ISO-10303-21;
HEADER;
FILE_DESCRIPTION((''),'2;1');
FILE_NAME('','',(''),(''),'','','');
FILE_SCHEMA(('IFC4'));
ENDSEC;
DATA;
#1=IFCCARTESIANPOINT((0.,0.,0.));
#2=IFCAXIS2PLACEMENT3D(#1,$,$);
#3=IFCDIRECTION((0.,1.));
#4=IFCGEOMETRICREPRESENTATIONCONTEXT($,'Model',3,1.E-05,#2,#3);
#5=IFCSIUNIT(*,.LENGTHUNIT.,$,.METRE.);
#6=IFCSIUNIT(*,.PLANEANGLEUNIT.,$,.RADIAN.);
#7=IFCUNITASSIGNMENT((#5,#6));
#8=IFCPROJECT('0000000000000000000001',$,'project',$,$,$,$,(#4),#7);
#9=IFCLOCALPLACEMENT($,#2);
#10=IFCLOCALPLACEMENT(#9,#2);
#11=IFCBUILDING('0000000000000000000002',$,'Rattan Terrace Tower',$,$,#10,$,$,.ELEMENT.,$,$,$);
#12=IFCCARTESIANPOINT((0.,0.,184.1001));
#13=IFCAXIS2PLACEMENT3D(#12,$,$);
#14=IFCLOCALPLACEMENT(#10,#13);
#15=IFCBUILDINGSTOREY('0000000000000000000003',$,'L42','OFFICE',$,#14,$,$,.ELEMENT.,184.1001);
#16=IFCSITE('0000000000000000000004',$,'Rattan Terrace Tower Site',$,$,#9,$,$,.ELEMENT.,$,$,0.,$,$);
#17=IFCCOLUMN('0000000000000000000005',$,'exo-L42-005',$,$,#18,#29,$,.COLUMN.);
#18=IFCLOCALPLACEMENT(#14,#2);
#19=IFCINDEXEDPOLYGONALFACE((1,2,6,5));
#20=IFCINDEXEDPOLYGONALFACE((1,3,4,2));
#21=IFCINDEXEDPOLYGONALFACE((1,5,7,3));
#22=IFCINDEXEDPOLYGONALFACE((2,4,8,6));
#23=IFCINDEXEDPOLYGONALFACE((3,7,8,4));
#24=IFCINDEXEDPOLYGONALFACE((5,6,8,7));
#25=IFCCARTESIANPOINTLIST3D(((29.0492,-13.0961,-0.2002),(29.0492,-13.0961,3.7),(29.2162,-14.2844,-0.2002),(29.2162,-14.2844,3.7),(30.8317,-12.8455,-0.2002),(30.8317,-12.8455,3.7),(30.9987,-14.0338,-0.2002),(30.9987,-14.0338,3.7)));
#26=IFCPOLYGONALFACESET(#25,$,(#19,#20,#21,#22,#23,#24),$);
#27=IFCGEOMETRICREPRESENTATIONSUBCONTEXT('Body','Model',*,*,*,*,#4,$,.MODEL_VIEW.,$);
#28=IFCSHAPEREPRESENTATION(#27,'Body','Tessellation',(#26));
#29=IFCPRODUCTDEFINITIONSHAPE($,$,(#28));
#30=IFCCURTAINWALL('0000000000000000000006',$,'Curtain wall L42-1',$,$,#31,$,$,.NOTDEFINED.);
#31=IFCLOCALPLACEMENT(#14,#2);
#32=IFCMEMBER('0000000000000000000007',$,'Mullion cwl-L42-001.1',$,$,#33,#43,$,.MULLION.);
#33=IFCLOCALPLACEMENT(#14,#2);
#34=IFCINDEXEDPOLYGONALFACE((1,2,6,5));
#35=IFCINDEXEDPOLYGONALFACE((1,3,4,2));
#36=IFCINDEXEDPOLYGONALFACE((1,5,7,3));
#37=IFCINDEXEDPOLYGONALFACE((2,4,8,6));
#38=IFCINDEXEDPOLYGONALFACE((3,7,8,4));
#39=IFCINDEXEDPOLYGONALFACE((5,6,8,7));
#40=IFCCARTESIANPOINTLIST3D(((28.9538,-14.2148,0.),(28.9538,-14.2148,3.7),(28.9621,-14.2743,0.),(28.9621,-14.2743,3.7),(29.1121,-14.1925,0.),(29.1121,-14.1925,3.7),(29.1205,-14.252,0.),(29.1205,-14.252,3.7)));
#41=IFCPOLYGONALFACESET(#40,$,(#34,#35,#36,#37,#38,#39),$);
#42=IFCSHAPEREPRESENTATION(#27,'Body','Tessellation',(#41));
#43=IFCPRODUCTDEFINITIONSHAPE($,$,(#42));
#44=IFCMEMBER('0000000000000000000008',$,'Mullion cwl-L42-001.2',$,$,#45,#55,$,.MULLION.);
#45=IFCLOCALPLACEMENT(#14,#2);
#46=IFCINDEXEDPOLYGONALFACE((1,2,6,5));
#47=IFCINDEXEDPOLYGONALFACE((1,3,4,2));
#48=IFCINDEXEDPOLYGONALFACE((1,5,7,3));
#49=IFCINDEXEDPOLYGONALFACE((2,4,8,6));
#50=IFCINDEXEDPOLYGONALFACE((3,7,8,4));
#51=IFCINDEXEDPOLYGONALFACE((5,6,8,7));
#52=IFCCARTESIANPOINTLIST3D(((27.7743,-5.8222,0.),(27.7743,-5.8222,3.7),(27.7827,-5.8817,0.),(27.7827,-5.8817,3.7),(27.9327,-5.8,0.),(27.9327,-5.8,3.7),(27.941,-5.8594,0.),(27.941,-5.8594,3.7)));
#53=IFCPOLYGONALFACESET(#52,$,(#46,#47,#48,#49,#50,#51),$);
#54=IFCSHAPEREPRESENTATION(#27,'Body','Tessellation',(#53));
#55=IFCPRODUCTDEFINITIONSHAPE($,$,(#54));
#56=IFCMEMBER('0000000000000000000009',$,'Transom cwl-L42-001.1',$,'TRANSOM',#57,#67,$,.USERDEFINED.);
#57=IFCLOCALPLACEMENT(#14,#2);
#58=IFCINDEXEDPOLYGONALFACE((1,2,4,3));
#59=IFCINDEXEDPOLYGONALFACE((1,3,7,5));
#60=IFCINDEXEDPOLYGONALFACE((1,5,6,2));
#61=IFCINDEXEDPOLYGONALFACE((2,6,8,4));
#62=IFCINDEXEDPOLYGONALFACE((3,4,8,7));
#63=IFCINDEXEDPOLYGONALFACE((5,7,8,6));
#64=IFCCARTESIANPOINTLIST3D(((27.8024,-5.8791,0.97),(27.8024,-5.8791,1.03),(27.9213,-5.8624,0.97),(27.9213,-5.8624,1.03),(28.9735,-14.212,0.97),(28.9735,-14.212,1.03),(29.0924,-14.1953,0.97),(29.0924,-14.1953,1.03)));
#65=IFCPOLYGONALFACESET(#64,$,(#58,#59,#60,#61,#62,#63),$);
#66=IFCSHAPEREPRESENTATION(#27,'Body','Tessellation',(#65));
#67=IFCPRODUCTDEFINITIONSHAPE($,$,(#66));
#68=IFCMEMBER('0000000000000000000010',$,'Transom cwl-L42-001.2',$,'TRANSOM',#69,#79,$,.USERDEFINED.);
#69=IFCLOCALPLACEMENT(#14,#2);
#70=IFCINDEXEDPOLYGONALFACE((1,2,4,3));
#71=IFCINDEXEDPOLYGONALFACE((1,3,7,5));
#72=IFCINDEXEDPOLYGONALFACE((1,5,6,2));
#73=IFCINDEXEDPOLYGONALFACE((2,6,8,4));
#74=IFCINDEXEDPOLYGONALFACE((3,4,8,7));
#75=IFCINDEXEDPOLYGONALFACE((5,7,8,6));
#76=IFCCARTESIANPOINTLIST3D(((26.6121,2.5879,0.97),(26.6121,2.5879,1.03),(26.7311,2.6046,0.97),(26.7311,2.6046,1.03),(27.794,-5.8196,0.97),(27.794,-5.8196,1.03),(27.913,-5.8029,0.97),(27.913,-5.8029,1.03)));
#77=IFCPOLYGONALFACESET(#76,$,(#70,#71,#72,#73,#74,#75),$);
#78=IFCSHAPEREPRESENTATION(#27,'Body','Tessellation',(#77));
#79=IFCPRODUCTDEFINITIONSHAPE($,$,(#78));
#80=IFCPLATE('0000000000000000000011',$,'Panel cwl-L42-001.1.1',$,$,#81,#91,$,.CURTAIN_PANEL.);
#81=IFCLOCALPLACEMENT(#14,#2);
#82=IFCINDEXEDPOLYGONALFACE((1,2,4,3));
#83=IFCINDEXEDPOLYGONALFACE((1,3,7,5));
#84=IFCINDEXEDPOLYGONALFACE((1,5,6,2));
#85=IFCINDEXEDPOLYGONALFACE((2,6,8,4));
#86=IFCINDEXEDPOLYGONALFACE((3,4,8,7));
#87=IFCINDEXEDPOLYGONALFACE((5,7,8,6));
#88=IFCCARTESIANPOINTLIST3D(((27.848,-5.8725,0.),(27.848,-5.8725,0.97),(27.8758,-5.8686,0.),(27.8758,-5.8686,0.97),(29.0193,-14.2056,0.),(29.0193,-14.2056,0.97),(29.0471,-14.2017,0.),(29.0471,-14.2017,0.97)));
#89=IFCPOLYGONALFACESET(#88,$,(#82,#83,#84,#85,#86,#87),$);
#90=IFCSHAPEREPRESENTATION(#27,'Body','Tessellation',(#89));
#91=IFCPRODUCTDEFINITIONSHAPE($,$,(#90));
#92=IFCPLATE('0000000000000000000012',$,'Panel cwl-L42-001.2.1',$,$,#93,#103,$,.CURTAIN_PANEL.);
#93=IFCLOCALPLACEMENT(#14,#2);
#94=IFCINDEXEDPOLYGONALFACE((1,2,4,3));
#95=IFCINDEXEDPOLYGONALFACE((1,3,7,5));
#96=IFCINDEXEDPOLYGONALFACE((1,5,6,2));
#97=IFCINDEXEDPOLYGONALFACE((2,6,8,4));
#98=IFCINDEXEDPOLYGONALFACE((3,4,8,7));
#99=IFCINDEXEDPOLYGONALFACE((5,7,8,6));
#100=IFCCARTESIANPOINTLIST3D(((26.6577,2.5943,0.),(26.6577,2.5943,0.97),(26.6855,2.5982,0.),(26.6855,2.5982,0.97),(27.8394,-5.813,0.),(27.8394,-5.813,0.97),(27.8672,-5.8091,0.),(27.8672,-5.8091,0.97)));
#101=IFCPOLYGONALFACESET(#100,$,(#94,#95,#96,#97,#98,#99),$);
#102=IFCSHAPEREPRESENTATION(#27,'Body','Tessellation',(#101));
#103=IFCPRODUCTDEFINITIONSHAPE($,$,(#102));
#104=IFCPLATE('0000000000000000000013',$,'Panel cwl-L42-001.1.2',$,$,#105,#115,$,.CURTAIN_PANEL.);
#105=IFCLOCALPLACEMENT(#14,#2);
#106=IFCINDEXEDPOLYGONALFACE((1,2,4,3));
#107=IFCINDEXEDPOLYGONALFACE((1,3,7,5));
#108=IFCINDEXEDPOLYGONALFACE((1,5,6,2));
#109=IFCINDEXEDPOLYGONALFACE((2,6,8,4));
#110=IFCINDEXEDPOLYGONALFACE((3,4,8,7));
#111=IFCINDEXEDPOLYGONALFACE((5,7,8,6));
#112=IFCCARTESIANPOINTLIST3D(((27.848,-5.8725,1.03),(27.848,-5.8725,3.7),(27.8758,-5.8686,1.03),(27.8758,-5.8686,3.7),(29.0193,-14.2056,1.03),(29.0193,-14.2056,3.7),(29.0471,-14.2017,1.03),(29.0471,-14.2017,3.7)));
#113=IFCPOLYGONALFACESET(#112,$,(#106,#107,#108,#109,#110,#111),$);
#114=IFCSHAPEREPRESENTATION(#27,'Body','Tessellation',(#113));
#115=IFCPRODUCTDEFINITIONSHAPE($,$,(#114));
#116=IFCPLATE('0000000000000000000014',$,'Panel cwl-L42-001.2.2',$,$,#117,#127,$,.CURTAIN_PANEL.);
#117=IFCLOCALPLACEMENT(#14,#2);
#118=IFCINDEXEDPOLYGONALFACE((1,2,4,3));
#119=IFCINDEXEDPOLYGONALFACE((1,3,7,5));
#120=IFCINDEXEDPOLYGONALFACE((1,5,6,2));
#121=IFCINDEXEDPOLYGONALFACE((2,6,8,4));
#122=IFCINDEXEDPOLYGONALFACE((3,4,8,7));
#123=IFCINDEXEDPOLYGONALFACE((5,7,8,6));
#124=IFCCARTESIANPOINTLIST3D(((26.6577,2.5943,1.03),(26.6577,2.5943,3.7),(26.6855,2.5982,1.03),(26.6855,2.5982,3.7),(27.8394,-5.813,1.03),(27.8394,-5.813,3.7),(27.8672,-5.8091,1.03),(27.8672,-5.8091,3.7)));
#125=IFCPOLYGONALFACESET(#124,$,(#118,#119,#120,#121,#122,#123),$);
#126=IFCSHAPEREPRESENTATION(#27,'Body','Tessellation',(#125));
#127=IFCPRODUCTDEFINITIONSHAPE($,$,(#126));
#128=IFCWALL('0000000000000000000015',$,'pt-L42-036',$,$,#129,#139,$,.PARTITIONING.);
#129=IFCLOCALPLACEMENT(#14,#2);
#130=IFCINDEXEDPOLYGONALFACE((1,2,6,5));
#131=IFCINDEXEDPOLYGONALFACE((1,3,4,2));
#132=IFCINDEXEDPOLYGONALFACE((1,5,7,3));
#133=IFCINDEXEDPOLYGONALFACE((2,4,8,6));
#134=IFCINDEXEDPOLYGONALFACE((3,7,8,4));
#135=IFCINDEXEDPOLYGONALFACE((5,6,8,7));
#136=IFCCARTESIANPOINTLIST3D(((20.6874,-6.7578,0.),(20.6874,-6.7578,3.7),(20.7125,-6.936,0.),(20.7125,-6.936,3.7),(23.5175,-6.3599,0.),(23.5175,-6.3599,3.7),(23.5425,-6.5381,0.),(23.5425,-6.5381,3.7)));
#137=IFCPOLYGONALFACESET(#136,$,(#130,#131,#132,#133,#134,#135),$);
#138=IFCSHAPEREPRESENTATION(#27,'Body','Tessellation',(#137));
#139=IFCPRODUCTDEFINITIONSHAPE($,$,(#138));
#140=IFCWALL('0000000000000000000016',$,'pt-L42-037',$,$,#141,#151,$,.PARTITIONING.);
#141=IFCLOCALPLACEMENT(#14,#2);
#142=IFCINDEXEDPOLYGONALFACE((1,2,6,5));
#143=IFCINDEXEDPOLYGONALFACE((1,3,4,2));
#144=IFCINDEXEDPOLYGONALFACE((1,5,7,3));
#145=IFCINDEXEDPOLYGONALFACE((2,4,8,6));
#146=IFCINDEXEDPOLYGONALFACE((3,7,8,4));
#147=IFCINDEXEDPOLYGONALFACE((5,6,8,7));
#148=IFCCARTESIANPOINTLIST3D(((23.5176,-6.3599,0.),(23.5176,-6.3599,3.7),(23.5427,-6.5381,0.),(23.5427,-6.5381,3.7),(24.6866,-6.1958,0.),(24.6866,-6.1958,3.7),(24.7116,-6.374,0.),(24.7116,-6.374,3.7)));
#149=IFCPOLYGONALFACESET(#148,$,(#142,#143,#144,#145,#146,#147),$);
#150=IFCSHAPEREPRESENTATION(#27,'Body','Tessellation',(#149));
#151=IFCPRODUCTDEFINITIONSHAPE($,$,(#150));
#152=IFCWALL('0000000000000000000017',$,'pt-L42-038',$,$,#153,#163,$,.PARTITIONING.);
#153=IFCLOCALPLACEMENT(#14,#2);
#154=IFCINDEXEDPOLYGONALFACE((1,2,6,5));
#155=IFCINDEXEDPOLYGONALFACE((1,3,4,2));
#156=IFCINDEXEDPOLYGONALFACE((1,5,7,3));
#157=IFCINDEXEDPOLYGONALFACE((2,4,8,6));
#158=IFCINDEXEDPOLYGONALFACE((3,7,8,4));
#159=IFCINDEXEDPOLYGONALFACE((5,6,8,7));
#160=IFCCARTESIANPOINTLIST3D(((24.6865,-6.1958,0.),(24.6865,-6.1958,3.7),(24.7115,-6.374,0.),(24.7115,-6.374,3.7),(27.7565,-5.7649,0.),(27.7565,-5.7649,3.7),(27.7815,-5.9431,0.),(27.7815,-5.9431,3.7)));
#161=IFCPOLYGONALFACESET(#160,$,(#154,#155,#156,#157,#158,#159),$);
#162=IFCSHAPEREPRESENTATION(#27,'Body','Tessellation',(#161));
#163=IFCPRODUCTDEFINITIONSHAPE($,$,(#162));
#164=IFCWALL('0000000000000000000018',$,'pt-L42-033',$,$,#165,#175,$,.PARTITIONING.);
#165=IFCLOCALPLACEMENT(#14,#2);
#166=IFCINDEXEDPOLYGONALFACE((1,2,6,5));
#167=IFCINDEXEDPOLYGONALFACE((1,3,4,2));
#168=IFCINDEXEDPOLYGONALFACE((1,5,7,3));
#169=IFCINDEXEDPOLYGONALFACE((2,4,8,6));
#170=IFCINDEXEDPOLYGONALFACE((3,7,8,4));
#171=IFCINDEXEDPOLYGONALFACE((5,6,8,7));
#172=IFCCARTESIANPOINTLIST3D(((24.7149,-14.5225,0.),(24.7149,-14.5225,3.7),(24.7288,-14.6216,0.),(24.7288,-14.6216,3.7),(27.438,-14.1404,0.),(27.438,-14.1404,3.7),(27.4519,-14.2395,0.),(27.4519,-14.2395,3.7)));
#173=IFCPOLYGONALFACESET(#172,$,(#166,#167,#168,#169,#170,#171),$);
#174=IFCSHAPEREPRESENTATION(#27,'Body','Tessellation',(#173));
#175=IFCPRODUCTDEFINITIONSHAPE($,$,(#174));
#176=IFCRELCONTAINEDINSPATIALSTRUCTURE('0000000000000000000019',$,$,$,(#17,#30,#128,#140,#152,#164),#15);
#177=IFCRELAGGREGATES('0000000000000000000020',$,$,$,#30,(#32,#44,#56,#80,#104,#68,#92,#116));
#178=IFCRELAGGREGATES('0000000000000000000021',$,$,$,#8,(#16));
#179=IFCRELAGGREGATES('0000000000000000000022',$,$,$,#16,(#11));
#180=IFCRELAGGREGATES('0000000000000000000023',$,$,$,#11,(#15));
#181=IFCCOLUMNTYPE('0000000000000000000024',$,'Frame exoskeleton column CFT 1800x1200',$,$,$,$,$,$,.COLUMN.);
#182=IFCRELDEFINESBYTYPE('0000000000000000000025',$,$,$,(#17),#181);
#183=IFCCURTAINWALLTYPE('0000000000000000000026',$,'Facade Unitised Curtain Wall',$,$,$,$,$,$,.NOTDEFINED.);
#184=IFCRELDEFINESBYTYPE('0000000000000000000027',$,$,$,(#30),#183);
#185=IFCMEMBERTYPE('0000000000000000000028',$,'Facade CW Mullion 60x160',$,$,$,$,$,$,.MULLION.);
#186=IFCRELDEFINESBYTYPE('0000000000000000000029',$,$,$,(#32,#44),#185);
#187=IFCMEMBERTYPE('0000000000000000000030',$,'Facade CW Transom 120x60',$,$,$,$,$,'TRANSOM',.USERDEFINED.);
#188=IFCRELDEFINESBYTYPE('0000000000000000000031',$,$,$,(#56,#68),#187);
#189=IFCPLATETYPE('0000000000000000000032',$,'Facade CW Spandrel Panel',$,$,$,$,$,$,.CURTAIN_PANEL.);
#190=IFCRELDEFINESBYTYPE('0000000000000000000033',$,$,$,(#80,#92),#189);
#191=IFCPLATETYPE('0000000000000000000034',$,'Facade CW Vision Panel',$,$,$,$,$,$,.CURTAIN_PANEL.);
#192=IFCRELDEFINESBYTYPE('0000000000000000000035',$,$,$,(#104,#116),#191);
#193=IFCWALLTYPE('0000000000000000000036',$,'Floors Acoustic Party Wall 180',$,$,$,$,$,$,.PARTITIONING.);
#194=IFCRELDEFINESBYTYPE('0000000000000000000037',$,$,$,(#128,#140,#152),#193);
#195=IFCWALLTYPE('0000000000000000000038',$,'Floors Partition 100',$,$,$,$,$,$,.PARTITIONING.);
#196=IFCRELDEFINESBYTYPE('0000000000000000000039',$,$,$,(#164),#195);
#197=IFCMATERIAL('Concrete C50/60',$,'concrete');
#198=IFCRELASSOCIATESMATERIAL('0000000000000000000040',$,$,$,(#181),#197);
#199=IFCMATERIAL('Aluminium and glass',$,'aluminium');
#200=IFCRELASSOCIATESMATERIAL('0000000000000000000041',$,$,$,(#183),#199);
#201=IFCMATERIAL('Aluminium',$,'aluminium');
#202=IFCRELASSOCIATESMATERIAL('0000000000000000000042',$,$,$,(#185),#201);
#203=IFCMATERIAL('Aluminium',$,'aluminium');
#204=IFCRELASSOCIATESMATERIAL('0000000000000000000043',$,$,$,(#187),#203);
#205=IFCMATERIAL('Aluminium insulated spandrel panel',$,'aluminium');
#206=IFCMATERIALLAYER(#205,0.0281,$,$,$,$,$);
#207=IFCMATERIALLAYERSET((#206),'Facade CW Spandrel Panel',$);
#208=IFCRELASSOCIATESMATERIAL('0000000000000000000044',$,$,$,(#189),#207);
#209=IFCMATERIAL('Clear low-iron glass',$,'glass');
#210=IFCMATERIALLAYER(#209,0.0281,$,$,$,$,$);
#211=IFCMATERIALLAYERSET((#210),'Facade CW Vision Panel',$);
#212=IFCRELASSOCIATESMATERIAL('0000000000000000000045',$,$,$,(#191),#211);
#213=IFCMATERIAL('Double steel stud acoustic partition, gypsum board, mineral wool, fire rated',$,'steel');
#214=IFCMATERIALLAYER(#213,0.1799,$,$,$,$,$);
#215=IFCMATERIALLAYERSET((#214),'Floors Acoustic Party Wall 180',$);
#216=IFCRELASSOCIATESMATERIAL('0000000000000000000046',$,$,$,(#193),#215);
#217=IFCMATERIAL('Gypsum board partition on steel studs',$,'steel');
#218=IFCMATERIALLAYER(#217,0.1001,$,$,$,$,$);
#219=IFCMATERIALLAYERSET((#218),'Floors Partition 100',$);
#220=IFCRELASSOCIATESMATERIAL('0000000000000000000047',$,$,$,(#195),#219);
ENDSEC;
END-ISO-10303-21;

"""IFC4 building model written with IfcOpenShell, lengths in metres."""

from ifc_helpers import new_model, si_unit, direction, frame, frame_2d, origin, origin_2d, place, context, subcontext, project, spatial, rectangle, extrude, material, layer, layer_set, material_profile, profile_set, type_object, element, aggregate, save


model = new_model("IFC4")

# Units and contexts
model_context = context("Model", 3, precision=1e-05, world=origin(), true_north=direction((0.0, 1.0)))
body_context = subcontext(model_context, "Body", "Model", "MODEL_VIEW")
ifc_project = project(units=[si_unit("LENGTHUNIT", "METRE"), si_unit("PLANEANGLEUNIT", "RADIAN")], contexts=[model_context])

# Site, building, storey
site_placement = place(None, origin())
site = spatial("IfcSite", under=ifc_project, at=site_placement, Name="Rattan Terrace Tower Site", CompositionType="ELEMENT", RefElevation=0.0)
building_placement = place(site_placement, origin())
building = spatial("IfcBuilding", under=site, at=building_placement, Name="Rattan Terrace Tower", CompositionType="ELEMENT")
storey_placement = place(building_placement, frame((0.0, 0.0, 184.1001)))
storey = spatial("IfcBuildingStorey", under=building, at=storey_placement, Name="L42", Description="OFFICE", CompositionType="ELEMENT", Elevation=184.1001)

# Column
ifc_material_1 = material(Name="Concrete C50/60", Category="concrete")
ifc_material_profile_1 = material_profile(ifc_material_1, rectangle(XDim=1.2, YDim=1.8, at=origin_2d()), Name="CFT 1800x1200")
ifc_profile_set_1 = profile_set([ifc_material_profile_1], Name="Concrete C50/60")
column_type = type_object("IfcColumnType", Name="Frame exoskeleton column CFT 1800x1200", PredefinedType="COLUMN", material=ifc_profile_set_1)
column_placement = place(storey_placement, frame((30.0239, -13.5649, -0.2002), z_axis=(0.0, 0.0, 1.0), x_axis=(-0.13919, 0.990266, 0.0)))
element("IfcColumn", 1, at=column_placement, inside=storey, type_object=column_type, Name="exo-L42-005", PredefinedType="COLUMN", context=body_context, shape_type="SweptSolid", body=[
    extrude(rectangle(XDim=1.2, YDim=1.8, at=origin_2d()), origin(), (0.0, 0.0, 1.0), 3.9001),
])

# Curtain wall, members, plates
ifc_material_2 = material(Name="Aluminium and glass", Category="aluminium")
curtain_wall_type = type_object("IfcCurtainWallType", Name="Facade Unitised Curtain Wall", PredefinedType="NOTDEFINED", material=ifc_material_2)
curtain_wall_placement = place(storey_placement, origin())
curtain_wall = element("IfcCurtainWall", 2, at=curtain_wall_placement, inside=storey, type_object=curtain_wall_type, Name="Curtain wall L42-1", PredefinedType="NOTDEFINED")
ifc_material_3 = material(Name="Aluminium", Category="aluminium")
ifc_material_profile_2 = material_profile(ifc_material_3, rectangle(XDim=0.0601, YDim=0.1599, at=origin_2d()), Name="Aluminium 60x160")
ifc_profile_set_2 = profile_set([ifc_material_profile_2], Name="Aluminium")
member_type_1 = type_object("IfcMemberType", Name="Facade CW Mullion 60x160", PredefinedType="MULLION", material=ifc_profile_set_2)
member_1_placement = place(storey_placement, frame((29.0371, -14.2334, 0.0), z_axis=(0.0, 0.0, 1.0), x_axis=(-0.139191, 0.990266, 0.0)))
member_1 = element("IfcMember", 3, at=member_1_placement, type_object=member_type_1, Name="Mullion cwl-L42-001.1", PredefinedType="MULLION", context=body_context, shape_type="SweptSolid", body=[
    extrude(rectangle(XDim=0.0601, YDim=0.1599, at=origin_2d()), origin(), (0.0, 0.0, 1.0), 3.7),
])
member_2_placement = place(storey_placement, frame((27.8577, -5.8408, 0.0), z_axis=(0.0, 0.0, 1.0), x_axis=(-0.139191, 0.990266, 0.0)))
member_2 = element("IfcMember", 4, at=member_2_placement, type_object=member_type_1, Name="Mullion cwl-L42-001.2", PredefinedType="MULLION", context=body_context, shape_type="SweptSolid", body=[
    extrude(rectangle(XDim=0.0601, YDim=0.1599, at=origin_2d()), origin(), (0.0, 0.0, 1.0), 3.7),
])
ifc_material_4 = material(Name="Aluminium", Category="aluminium")
ifc_material_profile_3 = material_profile(ifc_material_4, rectangle(XDim=0.1201, YDim=0.0601, at=origin_2d()), Name="Aluminium 120x60")
ifc_profile_set_3 = profile_set([ifc_material_profile_3], Name="Aluminium")
member_type_2 = type_object("IfcMemberType", Name="Facade CW Transom 120x60", ElementType="TRANSOM", PredefinedType="USERDEFINED", material=ifc_profile_set_3)
member_3_placement = place(storey_placement, frame((29.033, -14.2036, 1.0), z_axis=(-0.139175, 0.990268, 0.0), x_axis=(-0.990268, -0.139175, 0.0)))
member_3 = element("IfcMember", 5, at=member_3_placement, type_object=member_type_2, Name="Transom cwl-L42-001.1", ObjectType="TRANSOM", PredefinedType="USERDEFINED", context=body_context, shape_type="SweptSolid", body=[
    extrude(rectangle(XDim=0.1201, YDim=0.0601, at=origin_2d()), origin(), (0.0, 0.0, 1.0), 8.4148),
])
member_4_placement = place(storey_placement, frame((27.8535, -5.8113, 1.0), z_axis=(-0.139207, 0.990263, 0.0), x_axis=(-0.990263, -0.139207, 0.0)))
member_4 = element("IfcMember", 6, at=member_4_placement, type_object=member_type_2, Name="Transom cwl-L42-001.2", ObjectType="TRANSOM", PredefinedType="USERDEFINED", context=body_context, shape_type="SweptSolid", body=[
    extrude(rectangle(XDim=0.1201, YDim=0.0601, at=origin_2d()), origin(), (0.0, 0.0, 1.0), 8.4902),
])
ifc_material_5 = material(Name="Aluminium insulated spandrel panel", Category="aluminium")
ifc_layer_1 = layer(ifc_material_5, 0.0281)
ifc_layer_set_1 = layer_set([ifc_layer_1], Name="Facade CW Spandrel Panel")
plate_type_1 = type_object("IfcPlateType", Name="Facade CW Spandrel Panel", PredefinedType="CURTAIN_PANEL", material=ifc_layer_set_1)
plate_1_placement = place(storey_placement, frame((28.4475, -10.0371, 0.0), z_axis=(0.0, 0.0, 1.0), x_axis=(-0.139191, 0.990266, 0.0)))
plate_1 = element("IfcPlate", 7, at=plate_1_placement, type_object=plate_type_1, Name="Panel cwl-L42-001.1.1", PredefinedType="CURTAIN_PANEL", context=body_context, shape_type="SweptSolid", body=[
    extrude(rectangle(XDim=8.415, YDim=0.0281, at=origin_2d()), origin(), (0.0, 0.0, 1.0), 0.97),
])
plate_2_placement = place(storey_placement, frame((27.2625, -1.6074, 0.0), z_axis=(0.0, 0.0, 1.0), x_axis=(-0.139191, 0.990266, 0.0)))
plate_2 = element("IfcPlate", 8, at=plate_2_placement, type_object=plate_type_1, Name="Panel cwl-L42-001.2.1", PredefinedType="CURTAIN_PANEL", context=body_context, shape_type="SweptSolid", body=[
    extrude(rectangle(XDim=8.49, YDim=0.0281, at=origin_2d()), origin(), (0.0, 0.0, 1.0), 0.97),
])
ifc_material_6 = material(Name="Clear low-iron glass", Category="glass")
ifc_layer_2 = layer(ifc_material_6, 0.0281)
ifc_layer_set_2 = layer_set([ifc_layer_2], Name="Facade CW Vision Panel")
plate_type_2 = type_object("IfcPlateType", Name="Facade CW Vision Panel", PredefinedType="CURTAIN_PANEL", material=ifc_layer_set_2)
plate_3_placement = place(storey_placement, frame((28.4475, -10.0371, 1.03), z_axis=(0.0, 0.0, 1.0), x_axis=(-0.139191, 0.990266, 0.0)))
plate_3 = element("IfcPlate", 9, at=plate_3_placement, type_object=plate_type_2, Name="Panel cwl-L42-001.1.2", PredefinedType="CURTAIN_PANEL", context=body_context, shape_type="SweptSolid", body=[
    extrude(rectangle(XDim=8.415, YDim=0.0281, at=origin_2d()), origin(), (0.0, 0.0, 1.0), 2.6699),
])
plate_4_placement = place(storey_placement, frame((27.2625, -1.6074, 1.03), z_axis=(0.0, 0.0, 1.0), x_axis=(-0.139191, 0.990266, 0.0)))
plate_4 = element("IfcPlate", 10, at=plate_4_placement, type_object=plate_type_2, Name="Panel cwl-L42-001.2.2", PredefinedType="CURTAIN_PANEL", context=body_context, shape_type="SweptSolid", body=[
    extrude(rectangle(XDim=8.49, YDim=0.0281, at=origin_2d()), origin(), (0.0, 0.0, 1.0), 2.6699),
])
aggregate(curtain_wall, [member_1, member_2, member_3, plate_1, plate_3, member_4, plate_2, plate_4])

# Walls
ifc_material_7 = material(Name="Double steel stud acoustic partition, gypsum board, mineral wool, fire rated", Category="steel")
ifc_layer_3 = layer(ifc_material_7, 0.1799)
ifc_layer_set_3 = layer_set([ifc_layer_3], Name="Floors Acoustic Party Wall 180")
wall_type_1 = type_object("IfcWallType", Name="Floors Acoustic Party Wall 180", PredefinedType="PARTITIONING", material=ifc_layer_set_3)
wall_1_placement = place(storey_placement, frame((20.7, -6.8469, 0.0), z_axis=(0.0, 0.0, 1.0), x_axis=(0.990258, 0.139244, 0.0)))
element("IfcWall", 11, at=wall_1_placement, inside=storey, type_object=wall_type_1, Name="pt-L42-036", PredefinedType="PARTITIONING", context=body_context, shape_type="SweptSolid", body=[
    extrude(rectangle(XDim=2.8579, YDim=0.1799, at=frame_2d((1.429, 0.0))), origin(), (0.0, 0.0, 1.0), 3.7),
])
wall_2_placement = place(storey_placement, frame((23.53, -6.449, 0.0), z_axis=(0.0, 0.0, 1.0), x_axis=(0.990294, 0.138989, 0.0)))
element("IfcWall", 12, at=wall_2_placement, inside=storey, type_object=wall_type_1, Name="pt-L42-037", PredefinedType="PARTITIONING", context=body_context, shape_type="SweptSolid", body=[
    extrude(rectangle(XDim=1.1804, YDim=0.1799, at=frame_2d((0.5903, 0.0))), origin(), (0.0, 0.0, 1.0), 3.7),
])
wall_3_placement = place(storey_placement, frame((24.699, -6.2849, 0.0), z_axis=(0.0, 0.0, 1.0), x_axis=(0.990293, 0.138995, 0.0)))
element("IfcWall", 13, at=wall_3_placement, inside=storey, type_object=wall_type_1, Name="pt-L42-038", PredefinedType="PARTITIONING", context=body_context, shape_type="SweptSolid", body=[
    extrude(rectangle(XDim=3.1001, YDim=0.1799, at=frame_2d((1.55, 0.0))), origin(), (0.0, 0.0, 1.0), 3.7),
])
ifc_material_8 = material(Name="Gypsum board partition on steel studs", Category="steel")
ifc_layer_4 = layer(ifc_material_8, 0.1001)
ifc_layer_set_4 = layer_set([ifc_layer_4], Name="Floors Partition 100")
wall_type_2 = type_object("IfcWallType", Name="Floors Partition 100", PredefinedType="PARTITIONING", material=ifc_layer_set_4)
wall_4_placement = place(storey_placement, frame((27.4451, -14.1899, 0.0), z_axis=(0.0, 0.0, 1.0), x_axis=(-0.9903, -0.138947, 0.0)))
element("IfcWall", 14, at=wall_4_placement, inside=storey, type_object=wall_type_2, Name="pt-L42-033", PredefinedType="PARTITIONING", context=body_context, shape_type="SweptSolid", body=[
    extrude(rectangle(XDim=2.7498, YDim=0.1001, at=frame_2d((1.375, 0.0))), origin(), (0.0, 0.0, 1.0), 3.7),
])

save(model, "model.ifc")
